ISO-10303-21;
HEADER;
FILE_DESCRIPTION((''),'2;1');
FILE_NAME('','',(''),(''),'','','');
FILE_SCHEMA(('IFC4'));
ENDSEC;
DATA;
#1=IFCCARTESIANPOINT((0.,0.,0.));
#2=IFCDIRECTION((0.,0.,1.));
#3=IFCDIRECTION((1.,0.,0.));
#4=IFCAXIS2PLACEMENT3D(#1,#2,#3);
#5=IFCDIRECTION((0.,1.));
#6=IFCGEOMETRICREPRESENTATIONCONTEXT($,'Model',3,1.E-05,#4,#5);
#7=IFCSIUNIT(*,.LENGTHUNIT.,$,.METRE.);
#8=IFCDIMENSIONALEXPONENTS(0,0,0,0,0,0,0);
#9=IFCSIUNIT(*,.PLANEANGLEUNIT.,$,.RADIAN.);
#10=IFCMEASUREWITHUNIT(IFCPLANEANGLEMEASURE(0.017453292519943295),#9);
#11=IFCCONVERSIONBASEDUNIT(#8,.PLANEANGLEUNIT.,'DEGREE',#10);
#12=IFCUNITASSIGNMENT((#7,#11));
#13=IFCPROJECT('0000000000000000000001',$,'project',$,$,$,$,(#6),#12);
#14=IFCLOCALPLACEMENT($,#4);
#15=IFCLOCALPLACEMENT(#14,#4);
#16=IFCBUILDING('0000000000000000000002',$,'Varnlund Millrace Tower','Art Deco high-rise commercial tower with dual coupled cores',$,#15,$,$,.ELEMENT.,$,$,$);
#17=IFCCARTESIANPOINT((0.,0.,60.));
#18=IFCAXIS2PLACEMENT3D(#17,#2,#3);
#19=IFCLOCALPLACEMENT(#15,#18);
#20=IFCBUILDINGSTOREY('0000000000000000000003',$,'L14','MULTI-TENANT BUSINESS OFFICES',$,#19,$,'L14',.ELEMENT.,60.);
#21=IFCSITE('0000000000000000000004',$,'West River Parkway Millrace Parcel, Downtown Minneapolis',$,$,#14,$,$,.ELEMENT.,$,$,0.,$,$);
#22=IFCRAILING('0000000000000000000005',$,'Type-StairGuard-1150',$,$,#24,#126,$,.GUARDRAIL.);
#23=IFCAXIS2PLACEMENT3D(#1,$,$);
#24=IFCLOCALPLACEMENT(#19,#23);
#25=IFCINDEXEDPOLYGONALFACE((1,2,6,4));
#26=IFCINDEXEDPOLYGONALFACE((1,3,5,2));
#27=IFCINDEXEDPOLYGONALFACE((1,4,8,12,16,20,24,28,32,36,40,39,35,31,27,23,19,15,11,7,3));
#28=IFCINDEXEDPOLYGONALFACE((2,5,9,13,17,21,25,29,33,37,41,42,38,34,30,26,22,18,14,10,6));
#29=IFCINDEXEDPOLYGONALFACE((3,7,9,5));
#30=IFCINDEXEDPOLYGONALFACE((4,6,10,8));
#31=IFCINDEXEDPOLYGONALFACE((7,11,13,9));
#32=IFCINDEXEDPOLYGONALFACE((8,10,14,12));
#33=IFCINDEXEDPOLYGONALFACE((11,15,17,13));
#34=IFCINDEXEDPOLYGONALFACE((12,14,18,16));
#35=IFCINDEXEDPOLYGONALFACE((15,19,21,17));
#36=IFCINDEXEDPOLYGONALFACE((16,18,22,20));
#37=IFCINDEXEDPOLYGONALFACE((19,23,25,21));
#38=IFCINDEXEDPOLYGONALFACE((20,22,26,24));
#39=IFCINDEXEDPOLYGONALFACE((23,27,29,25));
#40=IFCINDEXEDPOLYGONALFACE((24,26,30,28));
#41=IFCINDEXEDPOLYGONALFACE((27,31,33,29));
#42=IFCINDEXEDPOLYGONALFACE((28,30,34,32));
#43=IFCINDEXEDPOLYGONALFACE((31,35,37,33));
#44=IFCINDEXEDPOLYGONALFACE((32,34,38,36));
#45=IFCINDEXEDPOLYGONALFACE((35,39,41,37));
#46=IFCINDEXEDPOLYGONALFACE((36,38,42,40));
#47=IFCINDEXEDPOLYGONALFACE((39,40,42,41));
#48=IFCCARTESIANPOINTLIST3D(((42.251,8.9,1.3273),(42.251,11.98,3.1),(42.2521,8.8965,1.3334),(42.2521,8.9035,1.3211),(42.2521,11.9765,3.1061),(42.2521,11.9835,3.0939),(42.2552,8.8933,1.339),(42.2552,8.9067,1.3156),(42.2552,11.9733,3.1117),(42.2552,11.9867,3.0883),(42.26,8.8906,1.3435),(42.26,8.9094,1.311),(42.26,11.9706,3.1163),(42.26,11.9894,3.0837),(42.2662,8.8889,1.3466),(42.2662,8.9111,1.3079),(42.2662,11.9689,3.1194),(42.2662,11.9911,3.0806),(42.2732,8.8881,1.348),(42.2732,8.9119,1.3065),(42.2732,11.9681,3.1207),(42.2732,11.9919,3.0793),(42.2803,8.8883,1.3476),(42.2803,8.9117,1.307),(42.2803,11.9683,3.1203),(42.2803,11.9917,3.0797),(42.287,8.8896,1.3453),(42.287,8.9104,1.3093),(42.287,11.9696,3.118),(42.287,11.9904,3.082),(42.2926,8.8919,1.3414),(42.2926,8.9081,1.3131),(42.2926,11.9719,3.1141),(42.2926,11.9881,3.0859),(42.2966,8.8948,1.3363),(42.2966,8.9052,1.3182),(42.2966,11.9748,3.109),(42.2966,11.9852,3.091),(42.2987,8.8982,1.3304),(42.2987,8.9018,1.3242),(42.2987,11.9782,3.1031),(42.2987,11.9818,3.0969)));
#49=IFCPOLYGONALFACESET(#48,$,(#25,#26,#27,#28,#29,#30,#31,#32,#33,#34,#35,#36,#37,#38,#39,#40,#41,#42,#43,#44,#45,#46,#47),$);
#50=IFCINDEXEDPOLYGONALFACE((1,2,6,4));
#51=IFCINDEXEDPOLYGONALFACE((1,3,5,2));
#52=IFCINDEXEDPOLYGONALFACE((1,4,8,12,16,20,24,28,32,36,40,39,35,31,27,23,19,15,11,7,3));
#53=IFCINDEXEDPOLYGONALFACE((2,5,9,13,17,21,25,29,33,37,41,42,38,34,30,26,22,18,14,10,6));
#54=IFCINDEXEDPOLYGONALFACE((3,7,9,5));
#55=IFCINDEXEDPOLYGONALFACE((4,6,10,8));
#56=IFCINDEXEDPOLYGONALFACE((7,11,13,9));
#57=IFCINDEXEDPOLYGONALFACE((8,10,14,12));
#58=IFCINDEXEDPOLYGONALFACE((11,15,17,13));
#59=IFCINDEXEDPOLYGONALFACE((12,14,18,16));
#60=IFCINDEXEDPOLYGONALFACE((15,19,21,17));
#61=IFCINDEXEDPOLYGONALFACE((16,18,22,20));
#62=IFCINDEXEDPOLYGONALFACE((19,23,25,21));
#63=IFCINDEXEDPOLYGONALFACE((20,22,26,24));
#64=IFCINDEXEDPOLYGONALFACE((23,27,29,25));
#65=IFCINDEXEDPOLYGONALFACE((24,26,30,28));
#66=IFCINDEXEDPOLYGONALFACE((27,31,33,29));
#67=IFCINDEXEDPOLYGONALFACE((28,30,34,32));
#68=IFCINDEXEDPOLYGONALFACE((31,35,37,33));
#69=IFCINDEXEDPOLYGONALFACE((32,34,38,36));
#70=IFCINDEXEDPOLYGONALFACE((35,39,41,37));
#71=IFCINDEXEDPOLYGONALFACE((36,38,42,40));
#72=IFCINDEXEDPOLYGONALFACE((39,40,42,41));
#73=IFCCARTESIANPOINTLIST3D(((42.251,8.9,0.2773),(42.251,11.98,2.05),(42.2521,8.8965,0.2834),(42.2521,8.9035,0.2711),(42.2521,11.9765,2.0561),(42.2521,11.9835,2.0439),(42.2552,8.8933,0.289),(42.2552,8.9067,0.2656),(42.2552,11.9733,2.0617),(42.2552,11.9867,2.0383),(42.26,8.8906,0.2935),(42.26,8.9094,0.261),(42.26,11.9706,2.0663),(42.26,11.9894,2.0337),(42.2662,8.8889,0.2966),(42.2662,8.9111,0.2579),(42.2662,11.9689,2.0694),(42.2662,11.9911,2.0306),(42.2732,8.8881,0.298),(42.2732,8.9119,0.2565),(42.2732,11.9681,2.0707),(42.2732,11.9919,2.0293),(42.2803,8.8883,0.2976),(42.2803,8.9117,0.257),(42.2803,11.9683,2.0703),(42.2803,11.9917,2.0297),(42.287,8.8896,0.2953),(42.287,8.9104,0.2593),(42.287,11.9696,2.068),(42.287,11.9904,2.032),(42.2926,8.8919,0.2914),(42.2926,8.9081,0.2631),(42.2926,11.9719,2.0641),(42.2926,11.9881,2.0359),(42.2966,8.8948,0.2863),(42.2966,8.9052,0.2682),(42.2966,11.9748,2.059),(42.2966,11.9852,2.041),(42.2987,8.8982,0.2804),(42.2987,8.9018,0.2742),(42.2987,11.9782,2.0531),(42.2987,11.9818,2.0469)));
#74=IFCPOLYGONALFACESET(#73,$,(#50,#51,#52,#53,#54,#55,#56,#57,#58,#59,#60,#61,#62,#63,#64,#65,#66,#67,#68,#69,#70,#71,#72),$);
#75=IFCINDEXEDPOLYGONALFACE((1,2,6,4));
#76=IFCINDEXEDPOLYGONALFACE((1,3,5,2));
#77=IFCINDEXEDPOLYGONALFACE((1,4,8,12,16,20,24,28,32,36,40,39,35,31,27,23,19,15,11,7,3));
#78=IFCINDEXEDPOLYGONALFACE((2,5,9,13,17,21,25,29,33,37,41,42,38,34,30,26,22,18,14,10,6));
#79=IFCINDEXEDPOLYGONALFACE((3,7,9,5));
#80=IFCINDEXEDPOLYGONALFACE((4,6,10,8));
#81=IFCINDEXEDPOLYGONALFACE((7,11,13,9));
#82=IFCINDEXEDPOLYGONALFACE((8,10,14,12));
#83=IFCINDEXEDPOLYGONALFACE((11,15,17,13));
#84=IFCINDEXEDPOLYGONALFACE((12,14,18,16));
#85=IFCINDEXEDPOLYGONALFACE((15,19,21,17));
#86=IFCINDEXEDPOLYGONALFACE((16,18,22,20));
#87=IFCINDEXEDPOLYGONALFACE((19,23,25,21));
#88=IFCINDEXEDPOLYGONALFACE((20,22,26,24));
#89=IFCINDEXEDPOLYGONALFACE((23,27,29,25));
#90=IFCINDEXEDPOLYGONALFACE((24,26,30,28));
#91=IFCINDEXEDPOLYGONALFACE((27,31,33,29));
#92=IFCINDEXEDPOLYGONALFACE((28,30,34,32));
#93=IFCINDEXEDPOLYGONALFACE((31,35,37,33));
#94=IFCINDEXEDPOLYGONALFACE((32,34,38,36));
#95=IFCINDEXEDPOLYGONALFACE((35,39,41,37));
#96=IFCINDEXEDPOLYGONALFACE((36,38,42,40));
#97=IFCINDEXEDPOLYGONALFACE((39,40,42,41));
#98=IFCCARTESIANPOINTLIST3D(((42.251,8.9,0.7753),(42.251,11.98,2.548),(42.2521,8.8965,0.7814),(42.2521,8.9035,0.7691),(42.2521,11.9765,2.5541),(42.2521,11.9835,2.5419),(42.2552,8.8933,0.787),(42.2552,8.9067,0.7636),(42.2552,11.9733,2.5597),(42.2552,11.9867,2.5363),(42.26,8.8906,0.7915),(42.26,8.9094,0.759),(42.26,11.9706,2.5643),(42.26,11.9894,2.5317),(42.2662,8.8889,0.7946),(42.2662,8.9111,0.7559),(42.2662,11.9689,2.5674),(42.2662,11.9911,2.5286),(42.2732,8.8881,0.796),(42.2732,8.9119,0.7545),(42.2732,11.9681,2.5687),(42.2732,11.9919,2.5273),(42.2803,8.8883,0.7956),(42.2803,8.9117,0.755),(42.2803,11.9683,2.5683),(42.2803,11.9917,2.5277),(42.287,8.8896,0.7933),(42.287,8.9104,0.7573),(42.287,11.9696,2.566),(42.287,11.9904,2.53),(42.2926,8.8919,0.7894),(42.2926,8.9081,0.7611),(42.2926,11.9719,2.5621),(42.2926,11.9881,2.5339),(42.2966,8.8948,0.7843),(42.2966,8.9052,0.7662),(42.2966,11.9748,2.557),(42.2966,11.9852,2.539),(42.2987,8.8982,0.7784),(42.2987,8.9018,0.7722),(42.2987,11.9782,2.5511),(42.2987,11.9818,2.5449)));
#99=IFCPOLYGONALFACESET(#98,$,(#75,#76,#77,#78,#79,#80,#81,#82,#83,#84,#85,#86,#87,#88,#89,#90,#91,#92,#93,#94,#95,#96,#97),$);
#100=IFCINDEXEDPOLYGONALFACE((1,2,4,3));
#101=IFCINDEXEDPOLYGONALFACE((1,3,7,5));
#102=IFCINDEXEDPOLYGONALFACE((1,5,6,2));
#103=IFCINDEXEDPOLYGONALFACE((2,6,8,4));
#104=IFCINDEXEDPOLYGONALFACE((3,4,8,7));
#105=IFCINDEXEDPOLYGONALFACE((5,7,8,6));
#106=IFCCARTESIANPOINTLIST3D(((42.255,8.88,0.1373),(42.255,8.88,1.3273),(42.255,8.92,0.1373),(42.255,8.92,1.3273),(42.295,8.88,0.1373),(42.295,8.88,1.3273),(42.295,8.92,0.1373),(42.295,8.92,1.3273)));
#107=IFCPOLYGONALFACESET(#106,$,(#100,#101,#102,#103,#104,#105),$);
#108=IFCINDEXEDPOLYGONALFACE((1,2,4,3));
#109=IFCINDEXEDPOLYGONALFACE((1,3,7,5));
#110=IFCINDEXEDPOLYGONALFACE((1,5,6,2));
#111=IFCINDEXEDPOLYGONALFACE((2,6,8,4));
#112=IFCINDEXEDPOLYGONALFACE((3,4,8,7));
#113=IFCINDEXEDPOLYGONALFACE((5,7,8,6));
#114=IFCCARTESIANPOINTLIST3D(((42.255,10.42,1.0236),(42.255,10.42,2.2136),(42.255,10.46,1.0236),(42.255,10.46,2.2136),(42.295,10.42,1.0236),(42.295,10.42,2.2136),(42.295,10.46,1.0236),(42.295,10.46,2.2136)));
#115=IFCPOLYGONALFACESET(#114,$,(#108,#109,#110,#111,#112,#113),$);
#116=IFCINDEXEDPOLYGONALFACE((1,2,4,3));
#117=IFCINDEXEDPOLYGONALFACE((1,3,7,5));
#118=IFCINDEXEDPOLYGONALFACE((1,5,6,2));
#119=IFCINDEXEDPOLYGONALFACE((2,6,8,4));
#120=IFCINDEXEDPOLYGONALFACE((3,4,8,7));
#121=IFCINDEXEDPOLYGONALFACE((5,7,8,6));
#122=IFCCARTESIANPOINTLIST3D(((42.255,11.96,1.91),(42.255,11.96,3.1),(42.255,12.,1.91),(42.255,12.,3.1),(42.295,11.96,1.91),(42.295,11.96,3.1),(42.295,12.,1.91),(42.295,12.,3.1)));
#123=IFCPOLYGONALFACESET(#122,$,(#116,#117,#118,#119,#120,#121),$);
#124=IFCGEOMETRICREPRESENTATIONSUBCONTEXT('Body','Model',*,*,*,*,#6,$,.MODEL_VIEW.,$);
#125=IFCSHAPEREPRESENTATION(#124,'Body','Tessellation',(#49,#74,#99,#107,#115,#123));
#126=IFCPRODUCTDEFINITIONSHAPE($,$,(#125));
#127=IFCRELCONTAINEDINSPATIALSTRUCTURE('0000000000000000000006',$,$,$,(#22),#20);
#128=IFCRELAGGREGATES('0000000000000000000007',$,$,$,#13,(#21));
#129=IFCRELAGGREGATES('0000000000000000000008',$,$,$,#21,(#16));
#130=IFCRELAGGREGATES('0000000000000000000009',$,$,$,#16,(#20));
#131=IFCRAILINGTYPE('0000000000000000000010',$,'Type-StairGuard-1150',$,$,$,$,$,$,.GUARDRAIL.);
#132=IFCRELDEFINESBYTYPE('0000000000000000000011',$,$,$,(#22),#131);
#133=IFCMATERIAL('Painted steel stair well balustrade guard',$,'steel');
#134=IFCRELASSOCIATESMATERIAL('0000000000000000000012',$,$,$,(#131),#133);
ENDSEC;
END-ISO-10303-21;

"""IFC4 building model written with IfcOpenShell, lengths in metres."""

from ifc_helpers import new_model, entity, si_unit, converted_unit, direction, frame, origin_with_axes, origin_2d_with_axis, place, context, subcontext, project, spatial, rectangle, circle, extrude, material, type_object, element, save


model = new_model("IFC4")

# Units and contexts
model_context = context("Model", 3, precision=1e-05, world=origin_with_axes(), true_north=direction((0.0, 1.0)))
body_context = subcontext(model_context, "Body", "Model", "MODEL_VIEW")
ifc_project = project(units=[si_unit("LENGTHUNIT", "METRE"), converted_unit("PLANEANGLEUNIT", "DEGREE", entity("IfcPlaneAngleMeasure", 0.017453292519943295), si_unit("PLANEANGLEUNIT", "RADIAN"), dimensions=[0, 0, 0, 0, 0, 0, 0])], contexts=[model_context])

# Site, building, storey
site_placement = place(None, origin_with_axes())
site = spatial("IfcSite", under=ifc_project, at=site_placement, Name="West River Parkway Millrace Parcel, Downtown Minneapolis", CompositionType="ELEMENT", RefElevation=0.0)
building_placement = place(site_placement, origin_with_axes())
building = spatial("IfcBuilding", under=site, at=building_placement, Name="Varnlund Millrace Tower", Description="Art Deco high-rise commercial tower with dual coupled cores", CompositionType="ELEMENT")
storey_placement = place(building_placement, frame((0.0, 0.0, 60.0), z_axis=(0.0, 0.0, 1.0), x_axis=(1.0, 0.0, 0.0)))
storey = spatial("IfcBuildingStorey", under=building, at=storey_placement, Name="L14", Description="MULTI-TENANT BUSINESS OFFICES", LongName="L14", CompositionType="ELEMENT", Elevation=60.0)

# Railing
ifc_material_1 = material(Name="Painted steel stair well balustrade guard", Category="steel")
railing_type_1 = type_object("IfcRailingType", Name="Type-StairGuard-1150", PredefinedType="GUARDRAIL", material=ifc_material_1)
railing_1_placement = place(storey_placement, frame((0.0, 0.0, -60.0), z_axis=(0.0, 0.0, 1.0), x_axis=(1.0, 0.0, 0.0)))
element("IfcRailing", 1, at=railing_1_placement, inside=storey, type_object=railing_type_1, Name="Type-StairGuard-1150", PredefinedType="GUARDRAIL", context=body_context, shape_type="SweptSolid", body=[
    extrude(circle(Radius=0.024, at=origin_2d_with_axis()), frame((42.275, 8.9, 61.3273), z_axis=(0.0, 0.866696, 0.498836), x_axis=(-1.0, 0.0, 0.0)), (0.0, 0.0, 1.0), 3.5537),
    extrude(circle(Radius=0.024, at=origin_2d_with_axis()), frame((42.275, 8.9, 60.2773), z_axis=(0.0, 0.866696, 0.498836), x_axis=(-1.0, 0.0, 0.0)), (0.0, 0.0, 1.0), 3.5537),
    extrude(circle(Radius=0.024, at=origin_2d_with_axis()), frame((42.275, 8.9, 60.7753), z_axis=(0.0, 0.866696, 0.498836), x_axis=(-1.0, 0.0, 0.0)), (0.0, 0.0, 1.0), 3.5537),
    extrude(rectangle(XDim=0.04, YDim=0.04, at=origin_2d_with_axis()), frame((42.275, 8.9, 60.1373), z_axis=(0.0, 0.0, 1.0), x_axis=(1.0, 0.0, 0.0)), (0.0, 0.0, 1.0), 1.19),
    extrude(rectangle(XDim=0.04, YDim=0.04, at=origin_2d_with_axis()), frame((42.275, 10.44, 61.0236), z_axis=(0.0, 0.0, 1.0), x_axis=(1.0, 0.0, 0.0)), (0.0, 0.0, 1.0), 1.19),
    extrude(rectangle(XDim=0.04, YDim=0.04, at=origin_2d_with_axis()), frame((42.275, 11.98, 61.91), z_axis=(0.0, 0.0, 1.0), x_axis=(1.0, 0.0, 0.0)), (0.0, 0.0, 1.0), 1.19),
])

save(model, "model.ifc")
